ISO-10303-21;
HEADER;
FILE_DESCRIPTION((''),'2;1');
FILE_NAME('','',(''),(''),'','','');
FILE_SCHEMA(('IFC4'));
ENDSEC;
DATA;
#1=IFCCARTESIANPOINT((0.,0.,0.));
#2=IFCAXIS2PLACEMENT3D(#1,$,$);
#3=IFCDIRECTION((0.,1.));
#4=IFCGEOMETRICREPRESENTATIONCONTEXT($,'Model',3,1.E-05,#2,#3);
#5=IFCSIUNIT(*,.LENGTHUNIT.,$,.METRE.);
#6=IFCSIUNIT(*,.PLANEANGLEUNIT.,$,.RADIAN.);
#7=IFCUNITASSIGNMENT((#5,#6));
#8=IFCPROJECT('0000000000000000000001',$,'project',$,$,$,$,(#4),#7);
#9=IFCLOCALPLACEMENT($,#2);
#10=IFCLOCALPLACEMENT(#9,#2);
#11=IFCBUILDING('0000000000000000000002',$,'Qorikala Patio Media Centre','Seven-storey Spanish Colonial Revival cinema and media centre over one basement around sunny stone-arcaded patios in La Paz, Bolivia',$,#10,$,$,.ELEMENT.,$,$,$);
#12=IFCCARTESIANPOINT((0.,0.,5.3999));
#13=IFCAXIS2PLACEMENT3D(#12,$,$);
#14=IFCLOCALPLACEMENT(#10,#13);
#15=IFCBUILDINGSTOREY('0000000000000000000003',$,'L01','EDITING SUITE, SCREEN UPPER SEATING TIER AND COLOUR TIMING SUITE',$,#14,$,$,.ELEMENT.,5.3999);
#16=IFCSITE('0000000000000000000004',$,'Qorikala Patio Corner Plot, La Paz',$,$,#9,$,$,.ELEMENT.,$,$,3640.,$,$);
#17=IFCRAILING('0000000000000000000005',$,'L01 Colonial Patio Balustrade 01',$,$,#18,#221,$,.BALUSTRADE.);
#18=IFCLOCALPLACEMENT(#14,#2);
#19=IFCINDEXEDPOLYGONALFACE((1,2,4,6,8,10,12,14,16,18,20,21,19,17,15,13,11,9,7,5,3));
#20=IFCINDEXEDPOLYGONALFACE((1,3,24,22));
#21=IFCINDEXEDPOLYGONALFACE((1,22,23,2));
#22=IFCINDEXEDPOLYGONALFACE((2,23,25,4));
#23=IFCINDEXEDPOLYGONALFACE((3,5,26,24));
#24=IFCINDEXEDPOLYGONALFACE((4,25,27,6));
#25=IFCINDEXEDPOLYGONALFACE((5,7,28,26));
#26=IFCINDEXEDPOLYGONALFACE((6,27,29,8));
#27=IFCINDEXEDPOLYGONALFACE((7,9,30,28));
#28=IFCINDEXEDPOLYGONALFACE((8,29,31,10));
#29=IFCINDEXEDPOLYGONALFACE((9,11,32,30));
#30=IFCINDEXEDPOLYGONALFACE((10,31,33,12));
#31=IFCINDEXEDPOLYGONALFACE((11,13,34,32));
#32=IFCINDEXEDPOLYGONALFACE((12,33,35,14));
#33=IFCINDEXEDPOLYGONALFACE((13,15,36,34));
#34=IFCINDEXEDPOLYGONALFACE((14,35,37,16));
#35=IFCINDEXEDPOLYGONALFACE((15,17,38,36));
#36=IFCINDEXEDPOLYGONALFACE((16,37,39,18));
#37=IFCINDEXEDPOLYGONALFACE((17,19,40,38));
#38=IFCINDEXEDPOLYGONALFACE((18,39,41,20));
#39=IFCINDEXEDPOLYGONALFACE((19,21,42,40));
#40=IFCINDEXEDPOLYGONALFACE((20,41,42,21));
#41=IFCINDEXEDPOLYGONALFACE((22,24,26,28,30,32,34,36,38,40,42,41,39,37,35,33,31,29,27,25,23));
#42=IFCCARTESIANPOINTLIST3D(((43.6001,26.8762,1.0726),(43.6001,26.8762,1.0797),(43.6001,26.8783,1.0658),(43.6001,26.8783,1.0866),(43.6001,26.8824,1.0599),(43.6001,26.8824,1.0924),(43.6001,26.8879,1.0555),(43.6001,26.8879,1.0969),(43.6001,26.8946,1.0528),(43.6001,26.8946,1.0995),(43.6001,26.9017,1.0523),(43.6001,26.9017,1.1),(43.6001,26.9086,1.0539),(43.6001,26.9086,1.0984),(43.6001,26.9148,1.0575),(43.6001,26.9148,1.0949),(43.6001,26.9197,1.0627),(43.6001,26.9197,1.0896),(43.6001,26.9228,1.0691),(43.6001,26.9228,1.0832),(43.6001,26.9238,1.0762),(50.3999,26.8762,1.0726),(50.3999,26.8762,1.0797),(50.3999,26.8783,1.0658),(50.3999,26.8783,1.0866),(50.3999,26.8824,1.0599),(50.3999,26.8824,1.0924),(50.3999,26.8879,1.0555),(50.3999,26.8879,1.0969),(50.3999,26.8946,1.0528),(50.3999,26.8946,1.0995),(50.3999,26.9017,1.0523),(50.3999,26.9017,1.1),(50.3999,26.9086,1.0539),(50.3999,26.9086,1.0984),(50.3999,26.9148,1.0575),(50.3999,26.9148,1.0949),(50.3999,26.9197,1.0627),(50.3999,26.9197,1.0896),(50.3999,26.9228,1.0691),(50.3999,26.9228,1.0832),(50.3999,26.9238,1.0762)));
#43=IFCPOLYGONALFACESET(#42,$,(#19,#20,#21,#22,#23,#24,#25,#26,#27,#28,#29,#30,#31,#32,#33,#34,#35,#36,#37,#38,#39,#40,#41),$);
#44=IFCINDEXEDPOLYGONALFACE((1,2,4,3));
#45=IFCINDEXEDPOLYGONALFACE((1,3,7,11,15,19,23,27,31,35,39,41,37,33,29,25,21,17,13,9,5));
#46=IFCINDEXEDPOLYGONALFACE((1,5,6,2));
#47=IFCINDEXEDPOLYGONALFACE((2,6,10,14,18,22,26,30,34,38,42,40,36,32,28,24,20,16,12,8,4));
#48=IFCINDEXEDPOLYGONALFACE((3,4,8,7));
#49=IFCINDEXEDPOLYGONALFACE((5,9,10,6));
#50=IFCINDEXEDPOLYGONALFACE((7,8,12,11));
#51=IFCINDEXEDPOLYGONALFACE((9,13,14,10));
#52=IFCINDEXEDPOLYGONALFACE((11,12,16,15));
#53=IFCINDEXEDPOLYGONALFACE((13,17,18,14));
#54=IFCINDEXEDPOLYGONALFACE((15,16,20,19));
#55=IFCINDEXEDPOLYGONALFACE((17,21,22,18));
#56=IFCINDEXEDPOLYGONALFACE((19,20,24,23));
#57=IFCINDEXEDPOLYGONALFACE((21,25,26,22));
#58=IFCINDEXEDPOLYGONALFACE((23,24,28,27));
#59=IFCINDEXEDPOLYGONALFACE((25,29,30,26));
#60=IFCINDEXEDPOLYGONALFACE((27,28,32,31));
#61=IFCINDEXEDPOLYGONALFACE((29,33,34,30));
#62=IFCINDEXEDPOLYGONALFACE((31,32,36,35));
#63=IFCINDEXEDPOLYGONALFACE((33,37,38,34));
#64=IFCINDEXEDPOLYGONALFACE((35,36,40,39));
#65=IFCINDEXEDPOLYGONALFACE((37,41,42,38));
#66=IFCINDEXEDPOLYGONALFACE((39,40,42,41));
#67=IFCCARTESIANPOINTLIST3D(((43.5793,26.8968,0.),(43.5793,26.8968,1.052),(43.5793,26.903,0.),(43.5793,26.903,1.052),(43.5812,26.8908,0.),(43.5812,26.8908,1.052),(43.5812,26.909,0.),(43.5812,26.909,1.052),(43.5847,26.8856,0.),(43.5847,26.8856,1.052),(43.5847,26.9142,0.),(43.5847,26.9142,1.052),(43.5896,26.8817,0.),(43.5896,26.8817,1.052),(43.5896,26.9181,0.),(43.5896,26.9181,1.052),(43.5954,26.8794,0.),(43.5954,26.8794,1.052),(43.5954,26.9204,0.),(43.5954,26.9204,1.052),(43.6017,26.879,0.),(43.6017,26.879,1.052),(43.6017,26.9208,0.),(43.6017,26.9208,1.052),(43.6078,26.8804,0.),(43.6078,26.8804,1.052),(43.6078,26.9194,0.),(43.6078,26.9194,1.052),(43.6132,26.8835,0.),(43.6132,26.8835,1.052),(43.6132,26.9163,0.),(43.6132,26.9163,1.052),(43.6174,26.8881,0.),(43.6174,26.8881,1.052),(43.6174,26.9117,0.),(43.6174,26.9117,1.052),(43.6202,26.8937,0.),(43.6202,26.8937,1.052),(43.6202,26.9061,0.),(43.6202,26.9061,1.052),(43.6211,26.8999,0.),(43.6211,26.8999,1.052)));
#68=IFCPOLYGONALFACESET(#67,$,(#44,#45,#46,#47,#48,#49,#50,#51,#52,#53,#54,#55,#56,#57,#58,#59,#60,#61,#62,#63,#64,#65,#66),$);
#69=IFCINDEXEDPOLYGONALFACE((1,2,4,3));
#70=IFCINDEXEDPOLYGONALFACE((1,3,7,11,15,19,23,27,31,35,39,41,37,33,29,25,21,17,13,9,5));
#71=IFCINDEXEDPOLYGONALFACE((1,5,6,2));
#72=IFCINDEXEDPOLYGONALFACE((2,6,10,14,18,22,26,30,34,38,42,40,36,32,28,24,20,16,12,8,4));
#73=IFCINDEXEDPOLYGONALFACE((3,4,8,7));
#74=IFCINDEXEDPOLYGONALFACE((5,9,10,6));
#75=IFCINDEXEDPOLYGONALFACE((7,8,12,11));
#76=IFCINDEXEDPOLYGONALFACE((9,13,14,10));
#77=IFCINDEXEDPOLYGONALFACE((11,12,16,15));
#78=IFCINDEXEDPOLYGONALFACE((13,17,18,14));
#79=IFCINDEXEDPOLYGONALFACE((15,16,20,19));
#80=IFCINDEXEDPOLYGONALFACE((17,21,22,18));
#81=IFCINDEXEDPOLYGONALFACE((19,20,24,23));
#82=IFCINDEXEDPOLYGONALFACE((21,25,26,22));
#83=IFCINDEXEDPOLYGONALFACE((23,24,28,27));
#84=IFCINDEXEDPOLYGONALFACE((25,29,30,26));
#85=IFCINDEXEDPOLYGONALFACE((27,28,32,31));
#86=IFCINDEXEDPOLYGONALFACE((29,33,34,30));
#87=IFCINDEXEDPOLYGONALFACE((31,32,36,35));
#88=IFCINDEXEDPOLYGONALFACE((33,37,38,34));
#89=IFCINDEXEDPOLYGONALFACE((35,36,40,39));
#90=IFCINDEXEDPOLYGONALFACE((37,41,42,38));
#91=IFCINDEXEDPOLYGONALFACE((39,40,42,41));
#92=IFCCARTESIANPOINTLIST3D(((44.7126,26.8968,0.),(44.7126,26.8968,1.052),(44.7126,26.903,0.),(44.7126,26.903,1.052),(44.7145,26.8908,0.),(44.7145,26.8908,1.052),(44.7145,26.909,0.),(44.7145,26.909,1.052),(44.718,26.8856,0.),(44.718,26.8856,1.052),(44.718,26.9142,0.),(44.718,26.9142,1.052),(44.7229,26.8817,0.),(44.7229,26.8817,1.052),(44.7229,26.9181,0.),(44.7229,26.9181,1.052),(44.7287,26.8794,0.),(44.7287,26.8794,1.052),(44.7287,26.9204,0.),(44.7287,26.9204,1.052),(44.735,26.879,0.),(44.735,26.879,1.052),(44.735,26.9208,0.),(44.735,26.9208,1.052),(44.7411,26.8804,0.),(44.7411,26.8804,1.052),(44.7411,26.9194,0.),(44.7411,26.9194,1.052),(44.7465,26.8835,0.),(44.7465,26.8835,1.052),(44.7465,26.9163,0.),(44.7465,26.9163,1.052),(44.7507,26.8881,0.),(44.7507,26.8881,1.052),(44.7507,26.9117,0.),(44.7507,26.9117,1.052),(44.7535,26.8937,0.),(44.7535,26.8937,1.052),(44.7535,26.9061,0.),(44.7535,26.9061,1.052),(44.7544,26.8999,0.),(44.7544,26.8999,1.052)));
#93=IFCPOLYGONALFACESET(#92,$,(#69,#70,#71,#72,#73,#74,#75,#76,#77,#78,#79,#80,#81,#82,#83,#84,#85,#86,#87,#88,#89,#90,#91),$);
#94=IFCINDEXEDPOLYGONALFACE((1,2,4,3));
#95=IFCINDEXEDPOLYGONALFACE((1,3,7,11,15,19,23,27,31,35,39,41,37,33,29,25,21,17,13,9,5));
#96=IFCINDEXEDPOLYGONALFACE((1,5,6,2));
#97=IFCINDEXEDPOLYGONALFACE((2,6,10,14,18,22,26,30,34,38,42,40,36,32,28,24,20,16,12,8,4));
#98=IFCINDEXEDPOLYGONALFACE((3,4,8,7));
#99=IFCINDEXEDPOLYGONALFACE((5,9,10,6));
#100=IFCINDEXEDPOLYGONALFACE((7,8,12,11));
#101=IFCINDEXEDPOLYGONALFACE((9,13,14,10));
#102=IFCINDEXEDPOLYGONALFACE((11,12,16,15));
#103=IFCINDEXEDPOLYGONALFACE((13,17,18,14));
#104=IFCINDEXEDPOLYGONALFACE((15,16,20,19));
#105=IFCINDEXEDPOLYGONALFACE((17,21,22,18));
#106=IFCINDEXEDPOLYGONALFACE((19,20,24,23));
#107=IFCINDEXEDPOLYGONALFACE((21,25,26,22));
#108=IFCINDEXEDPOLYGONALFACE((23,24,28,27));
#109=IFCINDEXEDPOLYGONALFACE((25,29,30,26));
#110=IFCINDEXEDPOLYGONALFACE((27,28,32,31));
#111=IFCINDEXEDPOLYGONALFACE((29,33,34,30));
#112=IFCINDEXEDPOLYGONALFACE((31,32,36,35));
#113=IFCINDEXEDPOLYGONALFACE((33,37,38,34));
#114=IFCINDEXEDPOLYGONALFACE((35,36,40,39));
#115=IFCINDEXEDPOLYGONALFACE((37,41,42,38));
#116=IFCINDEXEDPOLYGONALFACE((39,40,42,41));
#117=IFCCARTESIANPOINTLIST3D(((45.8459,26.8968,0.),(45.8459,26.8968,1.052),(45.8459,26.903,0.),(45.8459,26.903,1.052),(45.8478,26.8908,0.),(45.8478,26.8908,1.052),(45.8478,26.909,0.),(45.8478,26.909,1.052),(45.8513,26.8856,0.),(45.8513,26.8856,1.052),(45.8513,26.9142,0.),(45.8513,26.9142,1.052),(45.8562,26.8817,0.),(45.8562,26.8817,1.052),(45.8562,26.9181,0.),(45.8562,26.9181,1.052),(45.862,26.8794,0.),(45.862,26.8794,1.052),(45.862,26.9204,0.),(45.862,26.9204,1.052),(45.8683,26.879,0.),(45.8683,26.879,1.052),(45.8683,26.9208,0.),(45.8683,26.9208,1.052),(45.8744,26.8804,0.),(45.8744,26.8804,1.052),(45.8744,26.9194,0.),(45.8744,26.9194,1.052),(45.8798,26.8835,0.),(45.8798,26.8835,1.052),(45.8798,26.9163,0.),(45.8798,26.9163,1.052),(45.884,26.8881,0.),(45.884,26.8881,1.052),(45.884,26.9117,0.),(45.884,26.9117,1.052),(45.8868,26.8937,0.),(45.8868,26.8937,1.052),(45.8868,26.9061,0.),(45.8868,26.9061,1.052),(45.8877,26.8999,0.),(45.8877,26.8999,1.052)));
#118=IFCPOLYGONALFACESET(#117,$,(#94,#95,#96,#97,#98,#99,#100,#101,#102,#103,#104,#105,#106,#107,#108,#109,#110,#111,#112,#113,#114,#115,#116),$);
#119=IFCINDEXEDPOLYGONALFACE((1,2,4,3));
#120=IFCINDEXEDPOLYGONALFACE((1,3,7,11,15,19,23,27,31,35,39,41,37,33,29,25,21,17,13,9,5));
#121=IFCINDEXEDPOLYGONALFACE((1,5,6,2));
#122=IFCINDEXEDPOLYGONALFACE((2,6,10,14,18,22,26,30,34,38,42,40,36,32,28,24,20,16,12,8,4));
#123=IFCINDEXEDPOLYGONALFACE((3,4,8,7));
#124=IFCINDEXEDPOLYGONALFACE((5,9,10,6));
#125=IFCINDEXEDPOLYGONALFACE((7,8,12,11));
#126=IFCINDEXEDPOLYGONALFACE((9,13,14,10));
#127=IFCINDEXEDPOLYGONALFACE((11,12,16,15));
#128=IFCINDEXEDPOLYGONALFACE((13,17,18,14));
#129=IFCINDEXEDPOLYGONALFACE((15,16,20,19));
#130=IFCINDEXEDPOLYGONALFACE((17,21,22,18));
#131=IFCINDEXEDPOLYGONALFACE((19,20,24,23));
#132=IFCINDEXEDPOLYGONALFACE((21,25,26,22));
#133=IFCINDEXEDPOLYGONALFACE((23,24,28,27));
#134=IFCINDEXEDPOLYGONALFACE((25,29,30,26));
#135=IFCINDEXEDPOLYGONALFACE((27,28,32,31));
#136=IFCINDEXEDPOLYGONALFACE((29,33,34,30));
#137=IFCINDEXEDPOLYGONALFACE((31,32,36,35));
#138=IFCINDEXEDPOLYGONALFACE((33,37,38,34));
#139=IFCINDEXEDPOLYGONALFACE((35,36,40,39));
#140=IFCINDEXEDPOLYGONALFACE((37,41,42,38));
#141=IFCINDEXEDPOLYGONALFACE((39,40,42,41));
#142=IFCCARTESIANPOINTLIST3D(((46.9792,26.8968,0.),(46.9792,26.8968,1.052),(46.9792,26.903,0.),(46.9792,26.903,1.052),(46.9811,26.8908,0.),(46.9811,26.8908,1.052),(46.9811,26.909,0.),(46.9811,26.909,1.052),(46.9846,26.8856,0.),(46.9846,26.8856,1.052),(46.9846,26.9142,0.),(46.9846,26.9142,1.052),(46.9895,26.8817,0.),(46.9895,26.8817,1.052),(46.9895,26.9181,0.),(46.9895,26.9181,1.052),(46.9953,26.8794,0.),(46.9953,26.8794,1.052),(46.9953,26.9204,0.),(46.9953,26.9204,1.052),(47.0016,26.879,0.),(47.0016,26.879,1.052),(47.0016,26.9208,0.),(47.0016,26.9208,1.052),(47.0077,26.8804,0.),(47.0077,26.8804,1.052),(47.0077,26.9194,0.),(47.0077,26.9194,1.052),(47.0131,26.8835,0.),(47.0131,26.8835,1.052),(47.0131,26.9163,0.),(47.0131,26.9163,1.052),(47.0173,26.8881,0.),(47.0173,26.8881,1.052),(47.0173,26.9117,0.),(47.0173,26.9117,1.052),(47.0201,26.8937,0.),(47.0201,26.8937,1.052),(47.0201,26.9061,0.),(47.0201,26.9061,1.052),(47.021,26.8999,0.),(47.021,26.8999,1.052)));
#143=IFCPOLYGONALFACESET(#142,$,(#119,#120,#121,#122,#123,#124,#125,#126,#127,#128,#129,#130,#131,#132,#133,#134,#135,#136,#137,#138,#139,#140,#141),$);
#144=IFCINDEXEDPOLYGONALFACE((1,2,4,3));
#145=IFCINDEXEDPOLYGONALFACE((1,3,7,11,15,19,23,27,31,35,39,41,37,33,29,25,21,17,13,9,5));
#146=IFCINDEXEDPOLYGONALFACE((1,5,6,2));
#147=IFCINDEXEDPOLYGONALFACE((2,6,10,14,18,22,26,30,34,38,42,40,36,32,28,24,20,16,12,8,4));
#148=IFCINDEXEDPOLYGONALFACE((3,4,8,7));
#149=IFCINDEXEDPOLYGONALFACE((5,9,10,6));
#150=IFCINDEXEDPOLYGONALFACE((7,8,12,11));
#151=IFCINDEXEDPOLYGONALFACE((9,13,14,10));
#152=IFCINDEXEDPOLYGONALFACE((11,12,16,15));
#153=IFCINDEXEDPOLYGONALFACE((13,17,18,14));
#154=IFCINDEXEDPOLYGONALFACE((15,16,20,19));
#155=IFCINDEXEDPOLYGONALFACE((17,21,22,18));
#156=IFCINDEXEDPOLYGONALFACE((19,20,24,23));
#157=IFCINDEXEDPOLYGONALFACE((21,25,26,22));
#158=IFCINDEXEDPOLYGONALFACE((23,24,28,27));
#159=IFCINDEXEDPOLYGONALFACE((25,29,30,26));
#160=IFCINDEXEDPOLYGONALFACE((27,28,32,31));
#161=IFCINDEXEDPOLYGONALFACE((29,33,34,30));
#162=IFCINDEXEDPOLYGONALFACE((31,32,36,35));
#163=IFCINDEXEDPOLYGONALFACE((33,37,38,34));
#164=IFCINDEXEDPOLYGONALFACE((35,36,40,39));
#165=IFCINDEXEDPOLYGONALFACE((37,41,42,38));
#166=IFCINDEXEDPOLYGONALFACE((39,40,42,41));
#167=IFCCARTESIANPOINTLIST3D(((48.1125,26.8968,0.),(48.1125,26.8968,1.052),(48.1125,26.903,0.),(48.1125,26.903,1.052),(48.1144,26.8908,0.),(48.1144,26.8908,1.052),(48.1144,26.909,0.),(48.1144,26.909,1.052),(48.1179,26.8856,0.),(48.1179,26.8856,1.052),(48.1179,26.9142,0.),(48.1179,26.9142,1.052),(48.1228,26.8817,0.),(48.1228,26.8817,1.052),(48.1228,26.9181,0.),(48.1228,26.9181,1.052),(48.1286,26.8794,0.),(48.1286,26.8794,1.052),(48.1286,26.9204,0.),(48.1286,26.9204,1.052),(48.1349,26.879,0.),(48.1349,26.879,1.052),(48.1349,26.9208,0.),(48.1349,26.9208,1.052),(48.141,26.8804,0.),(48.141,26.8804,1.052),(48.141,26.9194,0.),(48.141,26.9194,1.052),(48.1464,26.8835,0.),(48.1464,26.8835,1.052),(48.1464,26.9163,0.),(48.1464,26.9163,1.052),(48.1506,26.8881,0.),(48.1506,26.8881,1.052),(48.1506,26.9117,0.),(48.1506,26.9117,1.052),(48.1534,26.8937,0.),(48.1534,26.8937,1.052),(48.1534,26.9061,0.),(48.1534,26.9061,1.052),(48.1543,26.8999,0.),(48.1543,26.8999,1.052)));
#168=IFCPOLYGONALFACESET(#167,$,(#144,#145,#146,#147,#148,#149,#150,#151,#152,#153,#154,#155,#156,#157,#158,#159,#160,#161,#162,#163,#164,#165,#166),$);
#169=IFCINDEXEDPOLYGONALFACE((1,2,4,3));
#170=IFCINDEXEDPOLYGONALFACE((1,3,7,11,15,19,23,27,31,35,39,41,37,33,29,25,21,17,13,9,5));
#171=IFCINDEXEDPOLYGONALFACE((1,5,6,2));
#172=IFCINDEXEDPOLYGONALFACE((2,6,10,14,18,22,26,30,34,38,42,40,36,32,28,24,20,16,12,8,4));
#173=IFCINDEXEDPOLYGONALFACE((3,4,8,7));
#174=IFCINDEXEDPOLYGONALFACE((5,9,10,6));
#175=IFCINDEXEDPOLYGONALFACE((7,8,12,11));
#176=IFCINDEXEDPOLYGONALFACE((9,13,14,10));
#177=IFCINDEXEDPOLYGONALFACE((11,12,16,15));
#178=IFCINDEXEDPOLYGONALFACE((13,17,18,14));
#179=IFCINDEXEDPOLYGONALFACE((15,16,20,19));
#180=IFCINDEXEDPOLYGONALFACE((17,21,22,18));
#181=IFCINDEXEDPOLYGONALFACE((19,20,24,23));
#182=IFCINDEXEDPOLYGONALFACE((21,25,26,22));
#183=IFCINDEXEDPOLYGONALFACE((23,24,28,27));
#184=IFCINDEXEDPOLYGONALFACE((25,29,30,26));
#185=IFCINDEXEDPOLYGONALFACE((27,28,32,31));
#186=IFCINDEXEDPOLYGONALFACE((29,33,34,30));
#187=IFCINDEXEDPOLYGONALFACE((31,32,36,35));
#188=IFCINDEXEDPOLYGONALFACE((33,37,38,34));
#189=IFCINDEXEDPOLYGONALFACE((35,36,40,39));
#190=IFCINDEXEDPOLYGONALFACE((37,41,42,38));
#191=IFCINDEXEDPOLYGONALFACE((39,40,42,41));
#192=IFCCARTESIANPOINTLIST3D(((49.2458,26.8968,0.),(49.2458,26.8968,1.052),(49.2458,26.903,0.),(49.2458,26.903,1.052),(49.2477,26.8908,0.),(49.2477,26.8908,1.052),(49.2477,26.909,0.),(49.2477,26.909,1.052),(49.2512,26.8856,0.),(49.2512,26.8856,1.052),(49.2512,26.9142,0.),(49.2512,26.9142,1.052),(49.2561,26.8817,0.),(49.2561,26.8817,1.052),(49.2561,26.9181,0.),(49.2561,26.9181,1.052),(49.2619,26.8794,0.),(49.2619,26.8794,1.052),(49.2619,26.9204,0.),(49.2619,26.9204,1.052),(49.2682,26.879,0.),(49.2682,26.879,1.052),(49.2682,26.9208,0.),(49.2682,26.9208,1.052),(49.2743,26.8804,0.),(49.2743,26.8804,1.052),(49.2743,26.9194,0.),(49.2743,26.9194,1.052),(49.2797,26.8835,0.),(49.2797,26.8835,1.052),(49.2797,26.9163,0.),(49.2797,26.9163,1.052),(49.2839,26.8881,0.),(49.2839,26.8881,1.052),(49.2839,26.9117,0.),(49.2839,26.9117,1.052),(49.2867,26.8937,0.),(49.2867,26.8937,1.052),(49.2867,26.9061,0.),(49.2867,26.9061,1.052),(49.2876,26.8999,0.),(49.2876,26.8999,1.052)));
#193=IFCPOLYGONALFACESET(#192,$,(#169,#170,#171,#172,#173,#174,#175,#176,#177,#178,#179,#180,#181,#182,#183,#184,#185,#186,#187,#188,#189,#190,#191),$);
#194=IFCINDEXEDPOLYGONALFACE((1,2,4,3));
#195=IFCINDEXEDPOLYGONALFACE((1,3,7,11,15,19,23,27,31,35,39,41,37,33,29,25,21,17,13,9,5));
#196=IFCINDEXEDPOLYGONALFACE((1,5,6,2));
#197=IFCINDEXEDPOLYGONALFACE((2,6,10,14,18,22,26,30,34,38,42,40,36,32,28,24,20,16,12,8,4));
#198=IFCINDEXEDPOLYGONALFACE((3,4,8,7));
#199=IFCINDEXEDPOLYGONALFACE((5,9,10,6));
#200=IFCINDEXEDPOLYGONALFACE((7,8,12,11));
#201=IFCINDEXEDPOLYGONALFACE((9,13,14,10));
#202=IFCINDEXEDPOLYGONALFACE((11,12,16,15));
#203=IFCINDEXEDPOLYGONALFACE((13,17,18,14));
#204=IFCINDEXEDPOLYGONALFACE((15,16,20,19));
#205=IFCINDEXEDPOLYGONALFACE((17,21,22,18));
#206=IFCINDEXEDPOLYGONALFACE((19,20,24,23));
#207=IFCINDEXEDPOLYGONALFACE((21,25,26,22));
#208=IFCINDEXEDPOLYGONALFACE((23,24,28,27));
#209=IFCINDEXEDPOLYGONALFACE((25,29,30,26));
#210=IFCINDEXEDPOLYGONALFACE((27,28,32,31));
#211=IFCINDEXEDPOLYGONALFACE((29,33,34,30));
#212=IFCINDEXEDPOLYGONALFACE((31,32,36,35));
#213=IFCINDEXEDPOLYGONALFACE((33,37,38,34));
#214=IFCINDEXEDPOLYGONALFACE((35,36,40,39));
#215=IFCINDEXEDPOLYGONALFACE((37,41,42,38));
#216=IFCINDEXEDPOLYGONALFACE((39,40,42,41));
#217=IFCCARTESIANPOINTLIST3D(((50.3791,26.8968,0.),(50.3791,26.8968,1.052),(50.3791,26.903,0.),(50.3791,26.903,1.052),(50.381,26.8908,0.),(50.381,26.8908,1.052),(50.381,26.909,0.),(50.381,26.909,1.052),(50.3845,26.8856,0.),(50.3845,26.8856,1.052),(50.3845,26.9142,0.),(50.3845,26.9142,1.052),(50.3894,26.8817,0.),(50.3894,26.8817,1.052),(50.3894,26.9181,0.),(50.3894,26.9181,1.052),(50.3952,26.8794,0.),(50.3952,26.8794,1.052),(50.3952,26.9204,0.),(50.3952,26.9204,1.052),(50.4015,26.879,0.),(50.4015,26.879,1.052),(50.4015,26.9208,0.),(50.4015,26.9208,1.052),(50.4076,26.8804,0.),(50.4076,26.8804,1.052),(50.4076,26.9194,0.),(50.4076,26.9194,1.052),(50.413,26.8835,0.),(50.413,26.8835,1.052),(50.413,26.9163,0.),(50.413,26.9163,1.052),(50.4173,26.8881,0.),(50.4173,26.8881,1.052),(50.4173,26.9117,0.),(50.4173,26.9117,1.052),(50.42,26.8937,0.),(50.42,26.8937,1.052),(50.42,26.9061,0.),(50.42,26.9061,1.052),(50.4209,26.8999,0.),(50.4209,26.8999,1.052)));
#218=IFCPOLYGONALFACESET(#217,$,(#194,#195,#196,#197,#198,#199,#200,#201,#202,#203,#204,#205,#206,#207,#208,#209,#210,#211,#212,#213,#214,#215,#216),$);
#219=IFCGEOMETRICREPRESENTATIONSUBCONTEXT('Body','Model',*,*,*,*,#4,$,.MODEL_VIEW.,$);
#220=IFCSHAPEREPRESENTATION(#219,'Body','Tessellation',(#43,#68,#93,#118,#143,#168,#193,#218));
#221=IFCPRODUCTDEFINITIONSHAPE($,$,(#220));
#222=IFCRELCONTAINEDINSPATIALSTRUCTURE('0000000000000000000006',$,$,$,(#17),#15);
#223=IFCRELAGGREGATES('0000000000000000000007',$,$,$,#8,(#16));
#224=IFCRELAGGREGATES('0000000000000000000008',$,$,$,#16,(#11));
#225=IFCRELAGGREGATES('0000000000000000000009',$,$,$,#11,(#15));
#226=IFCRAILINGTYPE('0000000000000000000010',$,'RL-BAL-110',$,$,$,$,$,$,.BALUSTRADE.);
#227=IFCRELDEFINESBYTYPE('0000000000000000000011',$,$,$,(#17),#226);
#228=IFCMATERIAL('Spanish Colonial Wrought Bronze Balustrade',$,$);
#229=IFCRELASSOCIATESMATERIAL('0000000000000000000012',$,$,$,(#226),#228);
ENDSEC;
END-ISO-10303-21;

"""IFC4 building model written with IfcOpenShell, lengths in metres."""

from ifc_helpers import new_model, si_unit, direction, frame, origin, origin_2d, place, context, subcontext, project, spatial, circle, extrude, material, type_object, element, save


model = new_model("IFC4")

# Units and contexts
model_context = context("Model", 3, precision=1e-05, world=origin(), true_north=direction((0.0, 1.0)))
body_context = subcontext(model_context, "Body", "Model", "MODEL_VIEW")
ifc_project = project(units=[si_unit("LENGTHUNIT", "METRE"), si_unit("PLANEANGLEUNIT", "RADIAN")], contexts=[model_context])

# Site, building, storey
site_placement = place(None, origin())
site = spatial("IfcSite", under=ifc_project, at=site_placement, Name="Qorikala Patio Corner Plot, La Paz", CompositionType="ELEMENT", RefElevation=3640.0)
building_placement = place(site_placement, origin())
building = spatial("IfcBuilding", under=site, at=building_placement, Name="Qorikala Patio Media Centre", Description="Seven-storey Spanish Colonial Revival cinema and media centre over one basement around sunny stone-arcaded patios in La Paz, Bolivia", CompositionType="ELEMENT")
storey_placement = place(building_placement, frame((0.0, 0.0, 5.3999)))
storey = spatial("IfcBuildingStorey", under=building, at=storey_placement, Name="L01", Description="EDITING SUITE, SCREEN UPPER SEATING TIER AND COLOUR TIMING SUITE", CompositionType="ELEMENT", Elevation=5.3999)

# Railing
ifc_material_1 = material(Name="Spanish Colonial Wrought Bronze Balustrade")
railing_type = type_object("IfcRailingType", Name="RL-BAL-110", PredefinedType="BALUSTRADE", material=ifc_material_1)
railing_placement = place(storey_placement, frame((43.6001, 26.8999, 0.0)))
element("IfcRailing", 1, at=railing_placement, inside=storey, type_object=railing_type, Name="L01 Colonial Patio Balustrade 01", PredefinedType="BALUSTRADE", context=body_context, shape_type="SweptSolid", body=[
    extrude(circle(Radius=0.0239, at=origin_2d()), frame((0.0, 0.0, 1.0762), z_axis=(1.0, 0.0, 0.0), x_axis=(0.0, 1.0, 0.0)), (0.0, 0.0, 1.0), 6.7998),
    extrude(circle(Radius=0.021, at=origin_2d()), origin(), (0.0, 0.0, 1.0), 1.052),
    extrude(circle(Radius=0.021, at=origin_2d()), frame((1.1333, 0.0, 0.0)), (0.0, 0.0, 1.0), 1.052),
    extrude(circle(Radius=0.021, at=origin_2d()), frame((2.2666, 0.0, 0.0)), (0.0, 0.0, 1.0), 1.052),
    extrude(circle(Radius=0.021, at=origin_2d()), frame((3.3999, 0.0, 0.0)), (0.0, 0.0, 1.0), 1.052),
    extrude(circle(Radius=0.021, at=origin_2d()), frame((4.5332, 0.0, 0.0)), (0.0, 0.0, 1.0), 1.052),
    extrude(circle(Radius=0.021, at=origin_2d()), frame((5.6665, 0.0, 0.0)), (0.0, 0.0, 1.0), 1.052),
    extrude(circle(Radius=0.021, at=origin_2d()), frame((6.7998, 0.0, 0.0)), (0.0, 0.0, 1.0), 1.052),
])

save(model, "model.ifc")
